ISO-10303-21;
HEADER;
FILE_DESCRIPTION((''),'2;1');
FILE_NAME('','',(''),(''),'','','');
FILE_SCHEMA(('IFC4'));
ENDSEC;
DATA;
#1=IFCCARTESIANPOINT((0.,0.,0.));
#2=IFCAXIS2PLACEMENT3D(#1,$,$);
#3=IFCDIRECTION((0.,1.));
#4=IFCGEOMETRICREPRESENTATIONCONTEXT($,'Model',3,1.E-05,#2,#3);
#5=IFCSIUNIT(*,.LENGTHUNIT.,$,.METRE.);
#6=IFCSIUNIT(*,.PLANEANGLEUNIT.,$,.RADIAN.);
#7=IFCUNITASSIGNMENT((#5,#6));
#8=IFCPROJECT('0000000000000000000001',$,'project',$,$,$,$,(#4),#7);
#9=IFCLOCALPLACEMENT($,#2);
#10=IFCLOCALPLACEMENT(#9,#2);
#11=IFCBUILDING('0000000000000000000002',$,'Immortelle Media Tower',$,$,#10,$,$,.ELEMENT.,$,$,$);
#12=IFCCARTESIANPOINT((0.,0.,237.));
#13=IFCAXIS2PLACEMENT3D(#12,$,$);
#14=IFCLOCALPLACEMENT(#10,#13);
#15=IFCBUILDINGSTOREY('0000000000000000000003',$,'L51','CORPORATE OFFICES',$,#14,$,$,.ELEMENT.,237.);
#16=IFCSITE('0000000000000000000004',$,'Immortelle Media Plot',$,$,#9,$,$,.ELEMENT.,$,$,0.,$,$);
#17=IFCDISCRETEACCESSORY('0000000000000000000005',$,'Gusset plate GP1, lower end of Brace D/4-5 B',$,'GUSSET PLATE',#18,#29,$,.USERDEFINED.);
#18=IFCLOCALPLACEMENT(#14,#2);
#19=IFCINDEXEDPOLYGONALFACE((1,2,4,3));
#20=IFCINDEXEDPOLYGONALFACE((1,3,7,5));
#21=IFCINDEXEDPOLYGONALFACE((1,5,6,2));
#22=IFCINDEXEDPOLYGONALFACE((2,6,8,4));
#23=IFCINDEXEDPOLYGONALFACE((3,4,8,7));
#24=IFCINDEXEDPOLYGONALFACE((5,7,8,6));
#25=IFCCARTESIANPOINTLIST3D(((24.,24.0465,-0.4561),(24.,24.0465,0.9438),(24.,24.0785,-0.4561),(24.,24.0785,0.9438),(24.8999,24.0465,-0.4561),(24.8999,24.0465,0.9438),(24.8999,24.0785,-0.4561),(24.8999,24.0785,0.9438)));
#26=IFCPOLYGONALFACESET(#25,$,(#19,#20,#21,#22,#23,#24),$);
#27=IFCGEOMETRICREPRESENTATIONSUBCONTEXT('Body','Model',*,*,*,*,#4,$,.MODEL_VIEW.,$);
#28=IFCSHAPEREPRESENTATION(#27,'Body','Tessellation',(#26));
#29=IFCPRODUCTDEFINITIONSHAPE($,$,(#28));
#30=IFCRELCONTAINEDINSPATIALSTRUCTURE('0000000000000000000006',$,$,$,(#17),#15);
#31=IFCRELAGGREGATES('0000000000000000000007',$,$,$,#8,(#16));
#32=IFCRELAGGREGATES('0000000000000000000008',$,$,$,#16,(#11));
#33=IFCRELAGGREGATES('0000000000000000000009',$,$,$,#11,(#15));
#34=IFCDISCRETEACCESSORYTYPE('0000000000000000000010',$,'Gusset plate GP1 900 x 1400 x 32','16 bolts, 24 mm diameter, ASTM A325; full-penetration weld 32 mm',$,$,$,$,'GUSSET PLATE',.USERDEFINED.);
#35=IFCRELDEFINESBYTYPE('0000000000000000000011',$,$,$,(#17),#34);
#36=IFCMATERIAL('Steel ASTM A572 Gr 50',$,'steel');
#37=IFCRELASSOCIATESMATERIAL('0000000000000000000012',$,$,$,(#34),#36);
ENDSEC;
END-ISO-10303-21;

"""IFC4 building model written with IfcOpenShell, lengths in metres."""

from ifc_helpers import new_model, si_unit, direction, frame, origin, origin_2d, place, context, subcontext, project, spatial, rectangle, extrude, material, material_profile, profile_set, type_object, element, save


model = new_model("IFC4")

# Units and contexts
model_context = context("Model", 3, precision=1e-05, world=origin(), true_north=direction((0.0, 1.0)))
body_context = subcontext(model_context, "Body", "Model", "MODEL_VIEW")
ifc_project = project(units=[si_unit("LENGTHUNIT", "METRE"), si_unit("PLANEANGLEUNIT", "RADIAN")], contexts=[model_context])

# Site, building, storey
site_placement = place(None, origin())
site = spatial("IfcSite", under=ifc_project, at=site_placement, Name="Immortelle Media Plot", CompositionType="ELEMENT", RefElevation=0.0)
building_placement = place(site_placement, origin())
building = spatial("IfcBuilding", under=site, at=building_placement, Name="Immortelle Media Tower", CompositionType="ELEMENT")
storey_placement = place(building_placement, frame((0.0, 0.0, 237.0)))
storey = spatial("IfcBuildingStorey", under=building, at=storey_placement, Name="L51", Description="CORPORATE OFFICES", CompositionType="ELEMENT", Elevation=237.0)

# Discrete accessory
ifc_material_1 = material(Name="Steel ASTM A572 Gr 50", Category="steel")
ifc_material_profile_1 = material_profile(ifc_material_1, rectangle(XDim=0.032, YDim=1.3999, at=origin_2d()), Name="PL 32 x 1400")
ifc_profile_set_1 = profile_set([ifc_material_profile_1], Name="Steel ASTM A572 Gr 50")
discrete_accessory_type = type_object("IfcDiscreteAccessoryType", Name="Gusset plate GP1 900 x 1400 x 32", Description="16 bolts, 24 mm diameter, ASTM A325; full-penetration weld 32 mm", ElementType="GUSSET PLATE", PredefinedType="USERDEFINED", material=ifc_profile_set_1)
discrete_accessory_placement = place(storey_placement, frame((24.0, 24.0625, 0.2439), z_axis=(1.0, 0.0, 0.0), x_axis=(0.0, 1.0, 0.0)))
element("IfcDiscreteAccessory", 1, at=discrete_accessory_placement, inside=storey, type_object=discrete_accessory_type, Name="Gusset plate GP1, lower end of Brace D/4-5 B", ObjectType="GUSSET PLATE", PredefinedType="USERDEFINED", context=body_context, shape_type="SweptSolid", body=[
    extrude(rectangle(XDim=0.032, YDim=1.3999, at=origin_2d()), origin(), (0.0, 0.0, 1.0), 0.8999),
])

save(model, "model.ifc")
